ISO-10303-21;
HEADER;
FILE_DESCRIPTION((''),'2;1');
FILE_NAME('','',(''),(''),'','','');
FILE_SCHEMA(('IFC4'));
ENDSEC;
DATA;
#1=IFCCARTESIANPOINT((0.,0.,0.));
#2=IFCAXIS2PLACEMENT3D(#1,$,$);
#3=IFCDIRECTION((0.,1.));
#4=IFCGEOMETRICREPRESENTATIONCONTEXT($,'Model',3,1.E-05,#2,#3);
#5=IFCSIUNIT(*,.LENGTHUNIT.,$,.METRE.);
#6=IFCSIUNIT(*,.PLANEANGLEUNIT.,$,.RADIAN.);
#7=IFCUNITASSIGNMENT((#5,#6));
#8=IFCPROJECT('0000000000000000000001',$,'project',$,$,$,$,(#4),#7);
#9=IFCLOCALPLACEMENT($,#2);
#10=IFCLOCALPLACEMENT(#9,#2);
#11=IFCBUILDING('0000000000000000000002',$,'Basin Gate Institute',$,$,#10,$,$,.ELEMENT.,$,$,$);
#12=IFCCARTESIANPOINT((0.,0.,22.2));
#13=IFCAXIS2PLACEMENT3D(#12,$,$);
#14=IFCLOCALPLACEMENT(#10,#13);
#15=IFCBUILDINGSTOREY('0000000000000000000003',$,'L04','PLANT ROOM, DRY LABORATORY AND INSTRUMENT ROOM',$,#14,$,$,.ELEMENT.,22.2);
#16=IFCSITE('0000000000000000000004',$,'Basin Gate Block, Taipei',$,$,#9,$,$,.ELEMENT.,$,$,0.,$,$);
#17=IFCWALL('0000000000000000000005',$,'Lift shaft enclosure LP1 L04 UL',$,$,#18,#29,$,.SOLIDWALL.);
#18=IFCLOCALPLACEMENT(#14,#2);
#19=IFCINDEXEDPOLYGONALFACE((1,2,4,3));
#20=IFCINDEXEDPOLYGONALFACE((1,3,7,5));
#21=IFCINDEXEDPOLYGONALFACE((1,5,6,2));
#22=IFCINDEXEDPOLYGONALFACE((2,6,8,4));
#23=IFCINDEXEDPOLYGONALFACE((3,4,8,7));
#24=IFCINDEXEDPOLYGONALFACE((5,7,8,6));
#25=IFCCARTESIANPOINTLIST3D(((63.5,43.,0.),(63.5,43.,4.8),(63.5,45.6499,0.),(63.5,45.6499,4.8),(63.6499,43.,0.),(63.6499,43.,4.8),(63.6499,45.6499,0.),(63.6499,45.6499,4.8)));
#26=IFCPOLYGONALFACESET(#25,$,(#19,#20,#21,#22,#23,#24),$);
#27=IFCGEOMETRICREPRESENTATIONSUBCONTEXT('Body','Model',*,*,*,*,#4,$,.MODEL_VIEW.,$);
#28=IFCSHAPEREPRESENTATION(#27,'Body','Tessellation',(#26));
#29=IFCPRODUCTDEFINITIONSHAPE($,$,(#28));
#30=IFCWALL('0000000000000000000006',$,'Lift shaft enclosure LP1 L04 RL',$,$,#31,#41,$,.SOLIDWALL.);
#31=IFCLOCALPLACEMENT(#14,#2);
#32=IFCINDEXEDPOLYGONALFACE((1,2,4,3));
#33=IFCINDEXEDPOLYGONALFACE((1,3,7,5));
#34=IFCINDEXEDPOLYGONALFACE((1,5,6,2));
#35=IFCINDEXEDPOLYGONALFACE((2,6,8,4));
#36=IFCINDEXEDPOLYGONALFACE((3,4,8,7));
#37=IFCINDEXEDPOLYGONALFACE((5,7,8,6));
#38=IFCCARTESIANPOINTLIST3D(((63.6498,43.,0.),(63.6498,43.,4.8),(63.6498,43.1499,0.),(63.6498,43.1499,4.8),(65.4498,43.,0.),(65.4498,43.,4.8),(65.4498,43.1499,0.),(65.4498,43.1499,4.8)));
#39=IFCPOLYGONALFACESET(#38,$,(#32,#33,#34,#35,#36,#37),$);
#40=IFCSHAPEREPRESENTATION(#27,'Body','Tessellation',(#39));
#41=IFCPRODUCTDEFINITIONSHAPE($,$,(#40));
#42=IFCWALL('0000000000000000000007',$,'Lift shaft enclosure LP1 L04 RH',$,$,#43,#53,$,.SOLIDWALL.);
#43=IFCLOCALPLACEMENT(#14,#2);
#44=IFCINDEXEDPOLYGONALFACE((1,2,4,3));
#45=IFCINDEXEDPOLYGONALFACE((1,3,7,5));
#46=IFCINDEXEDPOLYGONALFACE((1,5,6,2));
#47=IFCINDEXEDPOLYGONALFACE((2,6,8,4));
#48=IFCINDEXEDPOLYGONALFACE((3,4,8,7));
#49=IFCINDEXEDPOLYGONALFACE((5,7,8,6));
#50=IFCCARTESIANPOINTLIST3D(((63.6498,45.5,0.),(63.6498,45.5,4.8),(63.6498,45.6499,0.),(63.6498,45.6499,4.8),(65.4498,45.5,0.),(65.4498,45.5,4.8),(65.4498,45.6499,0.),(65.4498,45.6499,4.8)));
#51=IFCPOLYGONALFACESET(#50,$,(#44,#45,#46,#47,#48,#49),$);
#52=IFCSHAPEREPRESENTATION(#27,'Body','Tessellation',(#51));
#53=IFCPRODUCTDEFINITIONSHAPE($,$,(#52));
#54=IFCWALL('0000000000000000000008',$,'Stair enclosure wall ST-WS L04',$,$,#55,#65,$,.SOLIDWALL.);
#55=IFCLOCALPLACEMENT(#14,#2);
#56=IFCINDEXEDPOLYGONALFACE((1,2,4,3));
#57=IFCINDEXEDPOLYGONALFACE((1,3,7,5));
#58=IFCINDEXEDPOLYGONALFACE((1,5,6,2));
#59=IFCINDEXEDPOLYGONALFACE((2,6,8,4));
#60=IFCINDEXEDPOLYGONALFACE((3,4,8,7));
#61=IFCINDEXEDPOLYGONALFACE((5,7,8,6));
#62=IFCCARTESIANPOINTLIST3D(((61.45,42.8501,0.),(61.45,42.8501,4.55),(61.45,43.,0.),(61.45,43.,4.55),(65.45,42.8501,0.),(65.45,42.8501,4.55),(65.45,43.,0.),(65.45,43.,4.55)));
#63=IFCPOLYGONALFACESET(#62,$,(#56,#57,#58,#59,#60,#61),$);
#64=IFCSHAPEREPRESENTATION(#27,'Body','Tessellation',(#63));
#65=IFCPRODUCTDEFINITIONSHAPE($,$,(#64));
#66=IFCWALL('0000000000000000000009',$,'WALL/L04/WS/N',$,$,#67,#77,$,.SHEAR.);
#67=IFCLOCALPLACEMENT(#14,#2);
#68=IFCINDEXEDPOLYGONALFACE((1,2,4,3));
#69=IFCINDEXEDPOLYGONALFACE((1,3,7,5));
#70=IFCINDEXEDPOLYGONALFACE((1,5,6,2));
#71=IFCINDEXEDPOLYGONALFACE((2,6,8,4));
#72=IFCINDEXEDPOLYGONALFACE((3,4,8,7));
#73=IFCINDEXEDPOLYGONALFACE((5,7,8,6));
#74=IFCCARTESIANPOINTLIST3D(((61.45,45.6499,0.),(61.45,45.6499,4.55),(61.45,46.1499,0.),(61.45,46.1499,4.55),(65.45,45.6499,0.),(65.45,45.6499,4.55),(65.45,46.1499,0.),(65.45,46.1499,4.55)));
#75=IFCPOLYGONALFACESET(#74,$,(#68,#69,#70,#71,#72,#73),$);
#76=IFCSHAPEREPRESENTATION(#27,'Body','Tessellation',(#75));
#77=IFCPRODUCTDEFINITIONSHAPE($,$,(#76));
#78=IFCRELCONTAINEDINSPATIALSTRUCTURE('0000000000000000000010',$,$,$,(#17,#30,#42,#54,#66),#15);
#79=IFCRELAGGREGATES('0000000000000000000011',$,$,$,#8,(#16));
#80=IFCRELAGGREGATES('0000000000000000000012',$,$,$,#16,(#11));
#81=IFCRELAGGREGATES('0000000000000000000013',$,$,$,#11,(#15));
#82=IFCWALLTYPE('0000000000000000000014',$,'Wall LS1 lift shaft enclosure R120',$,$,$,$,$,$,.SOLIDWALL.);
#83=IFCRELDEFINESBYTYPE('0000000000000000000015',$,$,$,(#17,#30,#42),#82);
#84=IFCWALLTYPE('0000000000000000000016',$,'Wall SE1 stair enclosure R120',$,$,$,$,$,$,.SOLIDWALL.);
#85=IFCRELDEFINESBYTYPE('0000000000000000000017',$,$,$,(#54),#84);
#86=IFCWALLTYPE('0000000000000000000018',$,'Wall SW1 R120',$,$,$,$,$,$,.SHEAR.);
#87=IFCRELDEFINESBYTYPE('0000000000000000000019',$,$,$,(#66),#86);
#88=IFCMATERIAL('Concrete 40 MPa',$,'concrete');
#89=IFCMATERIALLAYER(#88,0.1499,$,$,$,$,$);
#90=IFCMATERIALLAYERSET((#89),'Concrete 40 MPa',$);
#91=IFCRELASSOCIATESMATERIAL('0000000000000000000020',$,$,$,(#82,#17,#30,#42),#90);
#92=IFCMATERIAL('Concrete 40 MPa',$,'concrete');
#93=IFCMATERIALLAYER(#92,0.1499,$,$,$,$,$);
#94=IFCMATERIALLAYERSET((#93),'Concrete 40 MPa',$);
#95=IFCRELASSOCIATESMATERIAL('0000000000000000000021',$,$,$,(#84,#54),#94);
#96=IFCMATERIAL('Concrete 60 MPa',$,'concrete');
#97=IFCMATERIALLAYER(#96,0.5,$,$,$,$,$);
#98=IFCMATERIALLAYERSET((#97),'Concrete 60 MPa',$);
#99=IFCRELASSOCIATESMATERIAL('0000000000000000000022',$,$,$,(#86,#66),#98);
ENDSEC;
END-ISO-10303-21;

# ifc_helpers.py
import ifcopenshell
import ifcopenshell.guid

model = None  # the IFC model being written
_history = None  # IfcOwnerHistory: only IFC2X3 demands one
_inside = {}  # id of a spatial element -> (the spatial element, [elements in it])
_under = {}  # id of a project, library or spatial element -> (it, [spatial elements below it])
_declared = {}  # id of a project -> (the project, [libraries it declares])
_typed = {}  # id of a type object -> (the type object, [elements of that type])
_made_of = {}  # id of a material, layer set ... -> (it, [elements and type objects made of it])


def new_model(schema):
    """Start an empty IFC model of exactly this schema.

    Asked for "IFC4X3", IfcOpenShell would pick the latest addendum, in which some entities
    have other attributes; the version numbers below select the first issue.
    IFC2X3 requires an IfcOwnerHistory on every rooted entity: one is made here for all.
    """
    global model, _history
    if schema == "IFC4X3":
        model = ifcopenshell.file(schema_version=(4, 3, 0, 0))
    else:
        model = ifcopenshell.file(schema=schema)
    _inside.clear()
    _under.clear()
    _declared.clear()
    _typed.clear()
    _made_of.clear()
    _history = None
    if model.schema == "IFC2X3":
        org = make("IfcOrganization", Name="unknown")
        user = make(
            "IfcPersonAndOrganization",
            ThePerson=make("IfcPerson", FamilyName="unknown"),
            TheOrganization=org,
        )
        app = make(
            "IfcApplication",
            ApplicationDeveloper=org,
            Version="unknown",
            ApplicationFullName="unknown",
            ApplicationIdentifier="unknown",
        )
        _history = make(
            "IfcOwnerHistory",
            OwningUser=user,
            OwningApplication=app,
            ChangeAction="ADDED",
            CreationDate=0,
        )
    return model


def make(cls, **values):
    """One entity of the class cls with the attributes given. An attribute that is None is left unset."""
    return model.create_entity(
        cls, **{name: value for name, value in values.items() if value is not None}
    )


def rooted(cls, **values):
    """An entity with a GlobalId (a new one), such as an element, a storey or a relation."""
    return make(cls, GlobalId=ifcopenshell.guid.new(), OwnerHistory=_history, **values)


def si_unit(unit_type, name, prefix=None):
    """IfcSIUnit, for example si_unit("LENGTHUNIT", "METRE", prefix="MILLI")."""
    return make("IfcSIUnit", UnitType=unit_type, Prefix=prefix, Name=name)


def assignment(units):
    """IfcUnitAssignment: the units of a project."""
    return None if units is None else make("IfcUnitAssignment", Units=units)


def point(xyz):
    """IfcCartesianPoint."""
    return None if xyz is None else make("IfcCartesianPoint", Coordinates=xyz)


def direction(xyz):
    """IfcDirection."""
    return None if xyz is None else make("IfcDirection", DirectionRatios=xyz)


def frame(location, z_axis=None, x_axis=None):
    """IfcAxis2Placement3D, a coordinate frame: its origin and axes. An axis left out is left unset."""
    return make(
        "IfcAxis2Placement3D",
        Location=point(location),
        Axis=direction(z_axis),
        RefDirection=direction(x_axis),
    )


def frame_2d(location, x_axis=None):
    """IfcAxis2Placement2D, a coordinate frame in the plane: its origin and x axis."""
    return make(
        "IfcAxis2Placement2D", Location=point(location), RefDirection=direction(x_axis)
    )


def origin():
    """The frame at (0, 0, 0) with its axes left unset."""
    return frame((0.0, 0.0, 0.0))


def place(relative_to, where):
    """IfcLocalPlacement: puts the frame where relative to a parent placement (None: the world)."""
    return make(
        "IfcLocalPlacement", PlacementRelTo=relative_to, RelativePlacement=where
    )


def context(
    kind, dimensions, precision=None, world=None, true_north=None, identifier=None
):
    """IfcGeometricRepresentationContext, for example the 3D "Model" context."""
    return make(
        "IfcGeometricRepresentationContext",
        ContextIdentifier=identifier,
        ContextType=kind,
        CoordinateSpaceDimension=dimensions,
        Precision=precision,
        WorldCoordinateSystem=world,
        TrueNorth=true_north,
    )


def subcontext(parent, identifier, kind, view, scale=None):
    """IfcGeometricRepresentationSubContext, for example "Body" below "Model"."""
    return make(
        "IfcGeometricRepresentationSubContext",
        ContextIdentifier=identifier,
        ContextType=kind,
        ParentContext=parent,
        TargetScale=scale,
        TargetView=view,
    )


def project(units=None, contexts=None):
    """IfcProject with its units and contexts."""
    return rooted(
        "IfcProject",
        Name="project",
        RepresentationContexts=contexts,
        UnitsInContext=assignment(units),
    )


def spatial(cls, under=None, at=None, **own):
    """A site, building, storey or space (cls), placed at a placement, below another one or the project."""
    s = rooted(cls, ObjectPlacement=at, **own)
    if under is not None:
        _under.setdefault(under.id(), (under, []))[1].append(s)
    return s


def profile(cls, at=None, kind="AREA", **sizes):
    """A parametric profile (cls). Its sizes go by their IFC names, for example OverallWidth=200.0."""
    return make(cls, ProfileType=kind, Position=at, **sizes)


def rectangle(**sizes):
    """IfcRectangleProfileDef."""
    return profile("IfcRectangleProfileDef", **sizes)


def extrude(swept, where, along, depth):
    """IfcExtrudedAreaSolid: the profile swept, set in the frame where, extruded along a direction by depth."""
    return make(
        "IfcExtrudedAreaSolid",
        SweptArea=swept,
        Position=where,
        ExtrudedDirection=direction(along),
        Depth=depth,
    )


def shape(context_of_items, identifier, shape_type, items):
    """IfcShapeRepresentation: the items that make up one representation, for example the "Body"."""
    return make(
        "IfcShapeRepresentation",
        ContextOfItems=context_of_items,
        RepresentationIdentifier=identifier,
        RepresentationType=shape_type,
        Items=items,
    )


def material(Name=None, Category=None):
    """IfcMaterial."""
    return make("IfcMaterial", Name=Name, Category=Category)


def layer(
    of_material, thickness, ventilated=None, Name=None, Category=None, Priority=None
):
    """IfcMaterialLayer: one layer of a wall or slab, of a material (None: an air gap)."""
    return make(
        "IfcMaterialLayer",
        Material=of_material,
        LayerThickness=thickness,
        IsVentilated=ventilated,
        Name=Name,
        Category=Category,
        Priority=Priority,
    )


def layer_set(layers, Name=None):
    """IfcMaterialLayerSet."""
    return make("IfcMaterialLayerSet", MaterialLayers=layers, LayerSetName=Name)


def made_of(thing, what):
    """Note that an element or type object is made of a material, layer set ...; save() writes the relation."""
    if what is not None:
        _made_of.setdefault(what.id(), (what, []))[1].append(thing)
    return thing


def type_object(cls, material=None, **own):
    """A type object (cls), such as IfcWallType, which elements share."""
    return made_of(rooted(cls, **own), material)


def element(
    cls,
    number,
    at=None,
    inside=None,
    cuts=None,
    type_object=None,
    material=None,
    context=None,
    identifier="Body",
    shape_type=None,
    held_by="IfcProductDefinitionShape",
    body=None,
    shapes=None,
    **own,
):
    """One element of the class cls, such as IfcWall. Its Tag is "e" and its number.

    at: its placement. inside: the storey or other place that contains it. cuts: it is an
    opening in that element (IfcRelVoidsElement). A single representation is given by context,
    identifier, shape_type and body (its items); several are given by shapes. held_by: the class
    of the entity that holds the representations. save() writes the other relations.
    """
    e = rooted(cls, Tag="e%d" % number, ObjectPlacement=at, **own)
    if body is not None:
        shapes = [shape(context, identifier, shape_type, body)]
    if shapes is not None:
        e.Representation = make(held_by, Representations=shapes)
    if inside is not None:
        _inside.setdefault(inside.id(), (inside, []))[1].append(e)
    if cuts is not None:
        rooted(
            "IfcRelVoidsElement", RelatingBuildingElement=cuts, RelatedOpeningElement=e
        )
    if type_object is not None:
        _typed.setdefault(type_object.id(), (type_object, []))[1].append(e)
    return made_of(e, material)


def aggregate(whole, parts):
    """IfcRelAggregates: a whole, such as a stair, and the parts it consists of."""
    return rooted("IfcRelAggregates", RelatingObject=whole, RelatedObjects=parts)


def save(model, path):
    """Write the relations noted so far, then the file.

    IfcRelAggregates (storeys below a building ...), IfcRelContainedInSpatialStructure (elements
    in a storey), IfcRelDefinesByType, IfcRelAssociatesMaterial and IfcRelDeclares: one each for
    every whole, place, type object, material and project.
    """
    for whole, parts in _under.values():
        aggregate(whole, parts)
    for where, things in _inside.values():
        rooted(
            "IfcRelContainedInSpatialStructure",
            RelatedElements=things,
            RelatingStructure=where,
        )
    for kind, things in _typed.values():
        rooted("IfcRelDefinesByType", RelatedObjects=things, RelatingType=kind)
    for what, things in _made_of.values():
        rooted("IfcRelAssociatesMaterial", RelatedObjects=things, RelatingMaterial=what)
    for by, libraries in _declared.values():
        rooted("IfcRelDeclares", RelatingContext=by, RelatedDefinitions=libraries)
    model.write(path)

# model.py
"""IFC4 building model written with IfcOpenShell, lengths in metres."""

from ifc_helpers import new_model, si_unit, direction, frame, frame_2d, origin, place, context, subcontext, project, spatial, rectangle, extrude, material, layer, layer_set, type_object, element, save


model = new_model("IFC4")

# Units and contexts
model_context = context("Model", 3, precision=1e-05, world=origin(), true_north=direction((0.0, 1.0)))
body_context = subcontext(model_context, "Body", "Model", "MODEL_VIEW")
ifc_project = project(units=[si_unit("LENGTHUNIT", "METRE"), si_unit("PLANEANGLEUNIT", "RADIAN")], contexts=[model_context])

# Site, building, storey
site_placement = place(None, origin())
site = spatial("IfcSite", under=ifc_project, at=site_placement, Name="Basin Gate Block, Taipei", CompositionType="ELEMENT", RefElevation=0.0)
building_placement = place(site_placement, origin())
building = spatial("IfcBuilding", under=site, at=building_placement, Name="Basin Gate Institute", CompositionType="ELEMENT")
storey_placement = place(building_placement, frame((0.0, 0.0, 22.2)))
storey = spatial("IfcBuildingStorey", under=building, at=storey_placement, Name="L04", Description="PLANT ROOM, DRY LABORATORY AND INSTRUMENT ROOM", CompositionType="ELEMENT", Elevation=22.2)

# Walls
ifc_material_1 = material(Name="Concrete 40 MPa", Category="concrete")
ifc_layer_1 = layer(ifc_material_1, 0.1499)
ifc_layer_set_1 = layer_set([ifc_layer_1], Name="Concrete 40 MPa")
wall_type_1 = type_object("IfcWallType", Name="Wall LS1 lift shaft enclosure R120", PredefinedType="SOLIDWALL", material=ifc_layer_set_1)
wall_1_placement = place(storey_placement, frame((63.575, 43.0, 0.0), z_axis=(0.0, 0.0, 1.0), x_axis=(0.0, 1.0, 0.0)))
element("IfcWall", 1, at=wall_1_placement, inside=storey, type_object=wall_type_1, material=ifc_layer_set_1, Name="Lift shaft enclosure LP1 L04 UL", PredefinedType="SOLIDWALL", context=body_context, shape_type="SweptSolid", body=[
    extrude(rectangle(XDim=2.6499, YDim=0.1499, at=frame_2d((1.325, 0.0))), origin(), (0.0, 0.0, 1.0), 4.8),
])
for number, where, z_axis, x_axis, name in (
    (2, (63.6499, 43.075, 0.0), (0.0, 0.0, 1.0), (1.0, 0.0, 0.0), "Lift shaft enclosure LP1 L04 RL"),
    (3, (63.6499, 45.575, 0.0), (0.0, 0.0, 1.0), (1.0, 0.0, 0.0), "Lift shaft enclosure LP1 L04 RH"),
):
    element("IfcWall", number, at=place(storey_placement, frame(where, z_axis=z_axis, x_axis=x_axis)), inside=storey, type_object=wall_type_1, material=ifc_layer_set_1, Name=name, PredefinedType="SOLIDWALL", context=body_context, shape_type="SweptSolid", body=[
        extrude(rectangle(XDim=1.8, YDim=0.1499, at=frame_2d((0.8999, 0.0))), origin(), (0.0, 0.0, 1.0), 4.8),
    ])
ifc_material_2 = material(Name="Concrete 40 MPa", Category="concrete")
ifc_layer_2 = layer(ifc_material_2, 0.1499)
ifc_layer_set_2 = layer_set([ifc_layer_2], Name="Concrete 40 MPa")
wall_type_2 = type_object("IfcWallType", Name="Wall SE1 stair enclosure R120", PredefinedType="SOLIDWALL", material=ifc_layer_set_2)
wall_2_placement = place(storey_placement, frame((61.45, 42.925, 0.0), z_axis=(0.0, 0.0, 1.0), x_axis=(1.0, 0.0, 0.0)))
element("IfcWall", 4, at=wall_2_placement, inside=storey, type_object=wall_type_2, material=ifc_layer_set_2, Name="Stair enclosure wall ST-WS L04", PredefinedType="SOLIDWALL", context=body_context, shape_type="SweptSolid", body=[
    extrude(rectangle(XDim=4.0, YDim=0.1499, at=frame_2d((2.0, 0.0))), origin(), (0.0, 0.0, 1.0), 4.55),
])
ifc_material_3 = material(Name="Concrete 60 MPa", Category="concrete")
ifc_layer_3 = layer(ifc_material_3, 0.5)
ifc_layer_set_3 = layer_set([ifc_layer_3], Name="Concrete 60 MPa")
wall_type_3 = type_object("IfcWallType", Name="Wall SW1 R120", PredefinedType="SHEAR", material=ifc_layer_set_3)
wall_3_placement = place(storey_placement, frame((61.45, 45.8999, 0.0), z_axis=(0.0, 0.0, 1.0), x_axis=(1.0, 0.0, 0.0)))
element("IfcWall", 5, at=wall_3_placement, inside=storey, type_object=wall_type_3, material=ifc_layer_set_3, Name="WALL/L04/WS/N", PredefinedType="SHEAR", context=body_context, shape_type="SweptSolid", body=[
    extrude(rectangle(XDim=4.0, YDim=0.5, at=frame_2d((2.0, 0.0))), origin(), (0.0, 0.0, 1.0), 4.55),
])

save(model, "model.ifc")
